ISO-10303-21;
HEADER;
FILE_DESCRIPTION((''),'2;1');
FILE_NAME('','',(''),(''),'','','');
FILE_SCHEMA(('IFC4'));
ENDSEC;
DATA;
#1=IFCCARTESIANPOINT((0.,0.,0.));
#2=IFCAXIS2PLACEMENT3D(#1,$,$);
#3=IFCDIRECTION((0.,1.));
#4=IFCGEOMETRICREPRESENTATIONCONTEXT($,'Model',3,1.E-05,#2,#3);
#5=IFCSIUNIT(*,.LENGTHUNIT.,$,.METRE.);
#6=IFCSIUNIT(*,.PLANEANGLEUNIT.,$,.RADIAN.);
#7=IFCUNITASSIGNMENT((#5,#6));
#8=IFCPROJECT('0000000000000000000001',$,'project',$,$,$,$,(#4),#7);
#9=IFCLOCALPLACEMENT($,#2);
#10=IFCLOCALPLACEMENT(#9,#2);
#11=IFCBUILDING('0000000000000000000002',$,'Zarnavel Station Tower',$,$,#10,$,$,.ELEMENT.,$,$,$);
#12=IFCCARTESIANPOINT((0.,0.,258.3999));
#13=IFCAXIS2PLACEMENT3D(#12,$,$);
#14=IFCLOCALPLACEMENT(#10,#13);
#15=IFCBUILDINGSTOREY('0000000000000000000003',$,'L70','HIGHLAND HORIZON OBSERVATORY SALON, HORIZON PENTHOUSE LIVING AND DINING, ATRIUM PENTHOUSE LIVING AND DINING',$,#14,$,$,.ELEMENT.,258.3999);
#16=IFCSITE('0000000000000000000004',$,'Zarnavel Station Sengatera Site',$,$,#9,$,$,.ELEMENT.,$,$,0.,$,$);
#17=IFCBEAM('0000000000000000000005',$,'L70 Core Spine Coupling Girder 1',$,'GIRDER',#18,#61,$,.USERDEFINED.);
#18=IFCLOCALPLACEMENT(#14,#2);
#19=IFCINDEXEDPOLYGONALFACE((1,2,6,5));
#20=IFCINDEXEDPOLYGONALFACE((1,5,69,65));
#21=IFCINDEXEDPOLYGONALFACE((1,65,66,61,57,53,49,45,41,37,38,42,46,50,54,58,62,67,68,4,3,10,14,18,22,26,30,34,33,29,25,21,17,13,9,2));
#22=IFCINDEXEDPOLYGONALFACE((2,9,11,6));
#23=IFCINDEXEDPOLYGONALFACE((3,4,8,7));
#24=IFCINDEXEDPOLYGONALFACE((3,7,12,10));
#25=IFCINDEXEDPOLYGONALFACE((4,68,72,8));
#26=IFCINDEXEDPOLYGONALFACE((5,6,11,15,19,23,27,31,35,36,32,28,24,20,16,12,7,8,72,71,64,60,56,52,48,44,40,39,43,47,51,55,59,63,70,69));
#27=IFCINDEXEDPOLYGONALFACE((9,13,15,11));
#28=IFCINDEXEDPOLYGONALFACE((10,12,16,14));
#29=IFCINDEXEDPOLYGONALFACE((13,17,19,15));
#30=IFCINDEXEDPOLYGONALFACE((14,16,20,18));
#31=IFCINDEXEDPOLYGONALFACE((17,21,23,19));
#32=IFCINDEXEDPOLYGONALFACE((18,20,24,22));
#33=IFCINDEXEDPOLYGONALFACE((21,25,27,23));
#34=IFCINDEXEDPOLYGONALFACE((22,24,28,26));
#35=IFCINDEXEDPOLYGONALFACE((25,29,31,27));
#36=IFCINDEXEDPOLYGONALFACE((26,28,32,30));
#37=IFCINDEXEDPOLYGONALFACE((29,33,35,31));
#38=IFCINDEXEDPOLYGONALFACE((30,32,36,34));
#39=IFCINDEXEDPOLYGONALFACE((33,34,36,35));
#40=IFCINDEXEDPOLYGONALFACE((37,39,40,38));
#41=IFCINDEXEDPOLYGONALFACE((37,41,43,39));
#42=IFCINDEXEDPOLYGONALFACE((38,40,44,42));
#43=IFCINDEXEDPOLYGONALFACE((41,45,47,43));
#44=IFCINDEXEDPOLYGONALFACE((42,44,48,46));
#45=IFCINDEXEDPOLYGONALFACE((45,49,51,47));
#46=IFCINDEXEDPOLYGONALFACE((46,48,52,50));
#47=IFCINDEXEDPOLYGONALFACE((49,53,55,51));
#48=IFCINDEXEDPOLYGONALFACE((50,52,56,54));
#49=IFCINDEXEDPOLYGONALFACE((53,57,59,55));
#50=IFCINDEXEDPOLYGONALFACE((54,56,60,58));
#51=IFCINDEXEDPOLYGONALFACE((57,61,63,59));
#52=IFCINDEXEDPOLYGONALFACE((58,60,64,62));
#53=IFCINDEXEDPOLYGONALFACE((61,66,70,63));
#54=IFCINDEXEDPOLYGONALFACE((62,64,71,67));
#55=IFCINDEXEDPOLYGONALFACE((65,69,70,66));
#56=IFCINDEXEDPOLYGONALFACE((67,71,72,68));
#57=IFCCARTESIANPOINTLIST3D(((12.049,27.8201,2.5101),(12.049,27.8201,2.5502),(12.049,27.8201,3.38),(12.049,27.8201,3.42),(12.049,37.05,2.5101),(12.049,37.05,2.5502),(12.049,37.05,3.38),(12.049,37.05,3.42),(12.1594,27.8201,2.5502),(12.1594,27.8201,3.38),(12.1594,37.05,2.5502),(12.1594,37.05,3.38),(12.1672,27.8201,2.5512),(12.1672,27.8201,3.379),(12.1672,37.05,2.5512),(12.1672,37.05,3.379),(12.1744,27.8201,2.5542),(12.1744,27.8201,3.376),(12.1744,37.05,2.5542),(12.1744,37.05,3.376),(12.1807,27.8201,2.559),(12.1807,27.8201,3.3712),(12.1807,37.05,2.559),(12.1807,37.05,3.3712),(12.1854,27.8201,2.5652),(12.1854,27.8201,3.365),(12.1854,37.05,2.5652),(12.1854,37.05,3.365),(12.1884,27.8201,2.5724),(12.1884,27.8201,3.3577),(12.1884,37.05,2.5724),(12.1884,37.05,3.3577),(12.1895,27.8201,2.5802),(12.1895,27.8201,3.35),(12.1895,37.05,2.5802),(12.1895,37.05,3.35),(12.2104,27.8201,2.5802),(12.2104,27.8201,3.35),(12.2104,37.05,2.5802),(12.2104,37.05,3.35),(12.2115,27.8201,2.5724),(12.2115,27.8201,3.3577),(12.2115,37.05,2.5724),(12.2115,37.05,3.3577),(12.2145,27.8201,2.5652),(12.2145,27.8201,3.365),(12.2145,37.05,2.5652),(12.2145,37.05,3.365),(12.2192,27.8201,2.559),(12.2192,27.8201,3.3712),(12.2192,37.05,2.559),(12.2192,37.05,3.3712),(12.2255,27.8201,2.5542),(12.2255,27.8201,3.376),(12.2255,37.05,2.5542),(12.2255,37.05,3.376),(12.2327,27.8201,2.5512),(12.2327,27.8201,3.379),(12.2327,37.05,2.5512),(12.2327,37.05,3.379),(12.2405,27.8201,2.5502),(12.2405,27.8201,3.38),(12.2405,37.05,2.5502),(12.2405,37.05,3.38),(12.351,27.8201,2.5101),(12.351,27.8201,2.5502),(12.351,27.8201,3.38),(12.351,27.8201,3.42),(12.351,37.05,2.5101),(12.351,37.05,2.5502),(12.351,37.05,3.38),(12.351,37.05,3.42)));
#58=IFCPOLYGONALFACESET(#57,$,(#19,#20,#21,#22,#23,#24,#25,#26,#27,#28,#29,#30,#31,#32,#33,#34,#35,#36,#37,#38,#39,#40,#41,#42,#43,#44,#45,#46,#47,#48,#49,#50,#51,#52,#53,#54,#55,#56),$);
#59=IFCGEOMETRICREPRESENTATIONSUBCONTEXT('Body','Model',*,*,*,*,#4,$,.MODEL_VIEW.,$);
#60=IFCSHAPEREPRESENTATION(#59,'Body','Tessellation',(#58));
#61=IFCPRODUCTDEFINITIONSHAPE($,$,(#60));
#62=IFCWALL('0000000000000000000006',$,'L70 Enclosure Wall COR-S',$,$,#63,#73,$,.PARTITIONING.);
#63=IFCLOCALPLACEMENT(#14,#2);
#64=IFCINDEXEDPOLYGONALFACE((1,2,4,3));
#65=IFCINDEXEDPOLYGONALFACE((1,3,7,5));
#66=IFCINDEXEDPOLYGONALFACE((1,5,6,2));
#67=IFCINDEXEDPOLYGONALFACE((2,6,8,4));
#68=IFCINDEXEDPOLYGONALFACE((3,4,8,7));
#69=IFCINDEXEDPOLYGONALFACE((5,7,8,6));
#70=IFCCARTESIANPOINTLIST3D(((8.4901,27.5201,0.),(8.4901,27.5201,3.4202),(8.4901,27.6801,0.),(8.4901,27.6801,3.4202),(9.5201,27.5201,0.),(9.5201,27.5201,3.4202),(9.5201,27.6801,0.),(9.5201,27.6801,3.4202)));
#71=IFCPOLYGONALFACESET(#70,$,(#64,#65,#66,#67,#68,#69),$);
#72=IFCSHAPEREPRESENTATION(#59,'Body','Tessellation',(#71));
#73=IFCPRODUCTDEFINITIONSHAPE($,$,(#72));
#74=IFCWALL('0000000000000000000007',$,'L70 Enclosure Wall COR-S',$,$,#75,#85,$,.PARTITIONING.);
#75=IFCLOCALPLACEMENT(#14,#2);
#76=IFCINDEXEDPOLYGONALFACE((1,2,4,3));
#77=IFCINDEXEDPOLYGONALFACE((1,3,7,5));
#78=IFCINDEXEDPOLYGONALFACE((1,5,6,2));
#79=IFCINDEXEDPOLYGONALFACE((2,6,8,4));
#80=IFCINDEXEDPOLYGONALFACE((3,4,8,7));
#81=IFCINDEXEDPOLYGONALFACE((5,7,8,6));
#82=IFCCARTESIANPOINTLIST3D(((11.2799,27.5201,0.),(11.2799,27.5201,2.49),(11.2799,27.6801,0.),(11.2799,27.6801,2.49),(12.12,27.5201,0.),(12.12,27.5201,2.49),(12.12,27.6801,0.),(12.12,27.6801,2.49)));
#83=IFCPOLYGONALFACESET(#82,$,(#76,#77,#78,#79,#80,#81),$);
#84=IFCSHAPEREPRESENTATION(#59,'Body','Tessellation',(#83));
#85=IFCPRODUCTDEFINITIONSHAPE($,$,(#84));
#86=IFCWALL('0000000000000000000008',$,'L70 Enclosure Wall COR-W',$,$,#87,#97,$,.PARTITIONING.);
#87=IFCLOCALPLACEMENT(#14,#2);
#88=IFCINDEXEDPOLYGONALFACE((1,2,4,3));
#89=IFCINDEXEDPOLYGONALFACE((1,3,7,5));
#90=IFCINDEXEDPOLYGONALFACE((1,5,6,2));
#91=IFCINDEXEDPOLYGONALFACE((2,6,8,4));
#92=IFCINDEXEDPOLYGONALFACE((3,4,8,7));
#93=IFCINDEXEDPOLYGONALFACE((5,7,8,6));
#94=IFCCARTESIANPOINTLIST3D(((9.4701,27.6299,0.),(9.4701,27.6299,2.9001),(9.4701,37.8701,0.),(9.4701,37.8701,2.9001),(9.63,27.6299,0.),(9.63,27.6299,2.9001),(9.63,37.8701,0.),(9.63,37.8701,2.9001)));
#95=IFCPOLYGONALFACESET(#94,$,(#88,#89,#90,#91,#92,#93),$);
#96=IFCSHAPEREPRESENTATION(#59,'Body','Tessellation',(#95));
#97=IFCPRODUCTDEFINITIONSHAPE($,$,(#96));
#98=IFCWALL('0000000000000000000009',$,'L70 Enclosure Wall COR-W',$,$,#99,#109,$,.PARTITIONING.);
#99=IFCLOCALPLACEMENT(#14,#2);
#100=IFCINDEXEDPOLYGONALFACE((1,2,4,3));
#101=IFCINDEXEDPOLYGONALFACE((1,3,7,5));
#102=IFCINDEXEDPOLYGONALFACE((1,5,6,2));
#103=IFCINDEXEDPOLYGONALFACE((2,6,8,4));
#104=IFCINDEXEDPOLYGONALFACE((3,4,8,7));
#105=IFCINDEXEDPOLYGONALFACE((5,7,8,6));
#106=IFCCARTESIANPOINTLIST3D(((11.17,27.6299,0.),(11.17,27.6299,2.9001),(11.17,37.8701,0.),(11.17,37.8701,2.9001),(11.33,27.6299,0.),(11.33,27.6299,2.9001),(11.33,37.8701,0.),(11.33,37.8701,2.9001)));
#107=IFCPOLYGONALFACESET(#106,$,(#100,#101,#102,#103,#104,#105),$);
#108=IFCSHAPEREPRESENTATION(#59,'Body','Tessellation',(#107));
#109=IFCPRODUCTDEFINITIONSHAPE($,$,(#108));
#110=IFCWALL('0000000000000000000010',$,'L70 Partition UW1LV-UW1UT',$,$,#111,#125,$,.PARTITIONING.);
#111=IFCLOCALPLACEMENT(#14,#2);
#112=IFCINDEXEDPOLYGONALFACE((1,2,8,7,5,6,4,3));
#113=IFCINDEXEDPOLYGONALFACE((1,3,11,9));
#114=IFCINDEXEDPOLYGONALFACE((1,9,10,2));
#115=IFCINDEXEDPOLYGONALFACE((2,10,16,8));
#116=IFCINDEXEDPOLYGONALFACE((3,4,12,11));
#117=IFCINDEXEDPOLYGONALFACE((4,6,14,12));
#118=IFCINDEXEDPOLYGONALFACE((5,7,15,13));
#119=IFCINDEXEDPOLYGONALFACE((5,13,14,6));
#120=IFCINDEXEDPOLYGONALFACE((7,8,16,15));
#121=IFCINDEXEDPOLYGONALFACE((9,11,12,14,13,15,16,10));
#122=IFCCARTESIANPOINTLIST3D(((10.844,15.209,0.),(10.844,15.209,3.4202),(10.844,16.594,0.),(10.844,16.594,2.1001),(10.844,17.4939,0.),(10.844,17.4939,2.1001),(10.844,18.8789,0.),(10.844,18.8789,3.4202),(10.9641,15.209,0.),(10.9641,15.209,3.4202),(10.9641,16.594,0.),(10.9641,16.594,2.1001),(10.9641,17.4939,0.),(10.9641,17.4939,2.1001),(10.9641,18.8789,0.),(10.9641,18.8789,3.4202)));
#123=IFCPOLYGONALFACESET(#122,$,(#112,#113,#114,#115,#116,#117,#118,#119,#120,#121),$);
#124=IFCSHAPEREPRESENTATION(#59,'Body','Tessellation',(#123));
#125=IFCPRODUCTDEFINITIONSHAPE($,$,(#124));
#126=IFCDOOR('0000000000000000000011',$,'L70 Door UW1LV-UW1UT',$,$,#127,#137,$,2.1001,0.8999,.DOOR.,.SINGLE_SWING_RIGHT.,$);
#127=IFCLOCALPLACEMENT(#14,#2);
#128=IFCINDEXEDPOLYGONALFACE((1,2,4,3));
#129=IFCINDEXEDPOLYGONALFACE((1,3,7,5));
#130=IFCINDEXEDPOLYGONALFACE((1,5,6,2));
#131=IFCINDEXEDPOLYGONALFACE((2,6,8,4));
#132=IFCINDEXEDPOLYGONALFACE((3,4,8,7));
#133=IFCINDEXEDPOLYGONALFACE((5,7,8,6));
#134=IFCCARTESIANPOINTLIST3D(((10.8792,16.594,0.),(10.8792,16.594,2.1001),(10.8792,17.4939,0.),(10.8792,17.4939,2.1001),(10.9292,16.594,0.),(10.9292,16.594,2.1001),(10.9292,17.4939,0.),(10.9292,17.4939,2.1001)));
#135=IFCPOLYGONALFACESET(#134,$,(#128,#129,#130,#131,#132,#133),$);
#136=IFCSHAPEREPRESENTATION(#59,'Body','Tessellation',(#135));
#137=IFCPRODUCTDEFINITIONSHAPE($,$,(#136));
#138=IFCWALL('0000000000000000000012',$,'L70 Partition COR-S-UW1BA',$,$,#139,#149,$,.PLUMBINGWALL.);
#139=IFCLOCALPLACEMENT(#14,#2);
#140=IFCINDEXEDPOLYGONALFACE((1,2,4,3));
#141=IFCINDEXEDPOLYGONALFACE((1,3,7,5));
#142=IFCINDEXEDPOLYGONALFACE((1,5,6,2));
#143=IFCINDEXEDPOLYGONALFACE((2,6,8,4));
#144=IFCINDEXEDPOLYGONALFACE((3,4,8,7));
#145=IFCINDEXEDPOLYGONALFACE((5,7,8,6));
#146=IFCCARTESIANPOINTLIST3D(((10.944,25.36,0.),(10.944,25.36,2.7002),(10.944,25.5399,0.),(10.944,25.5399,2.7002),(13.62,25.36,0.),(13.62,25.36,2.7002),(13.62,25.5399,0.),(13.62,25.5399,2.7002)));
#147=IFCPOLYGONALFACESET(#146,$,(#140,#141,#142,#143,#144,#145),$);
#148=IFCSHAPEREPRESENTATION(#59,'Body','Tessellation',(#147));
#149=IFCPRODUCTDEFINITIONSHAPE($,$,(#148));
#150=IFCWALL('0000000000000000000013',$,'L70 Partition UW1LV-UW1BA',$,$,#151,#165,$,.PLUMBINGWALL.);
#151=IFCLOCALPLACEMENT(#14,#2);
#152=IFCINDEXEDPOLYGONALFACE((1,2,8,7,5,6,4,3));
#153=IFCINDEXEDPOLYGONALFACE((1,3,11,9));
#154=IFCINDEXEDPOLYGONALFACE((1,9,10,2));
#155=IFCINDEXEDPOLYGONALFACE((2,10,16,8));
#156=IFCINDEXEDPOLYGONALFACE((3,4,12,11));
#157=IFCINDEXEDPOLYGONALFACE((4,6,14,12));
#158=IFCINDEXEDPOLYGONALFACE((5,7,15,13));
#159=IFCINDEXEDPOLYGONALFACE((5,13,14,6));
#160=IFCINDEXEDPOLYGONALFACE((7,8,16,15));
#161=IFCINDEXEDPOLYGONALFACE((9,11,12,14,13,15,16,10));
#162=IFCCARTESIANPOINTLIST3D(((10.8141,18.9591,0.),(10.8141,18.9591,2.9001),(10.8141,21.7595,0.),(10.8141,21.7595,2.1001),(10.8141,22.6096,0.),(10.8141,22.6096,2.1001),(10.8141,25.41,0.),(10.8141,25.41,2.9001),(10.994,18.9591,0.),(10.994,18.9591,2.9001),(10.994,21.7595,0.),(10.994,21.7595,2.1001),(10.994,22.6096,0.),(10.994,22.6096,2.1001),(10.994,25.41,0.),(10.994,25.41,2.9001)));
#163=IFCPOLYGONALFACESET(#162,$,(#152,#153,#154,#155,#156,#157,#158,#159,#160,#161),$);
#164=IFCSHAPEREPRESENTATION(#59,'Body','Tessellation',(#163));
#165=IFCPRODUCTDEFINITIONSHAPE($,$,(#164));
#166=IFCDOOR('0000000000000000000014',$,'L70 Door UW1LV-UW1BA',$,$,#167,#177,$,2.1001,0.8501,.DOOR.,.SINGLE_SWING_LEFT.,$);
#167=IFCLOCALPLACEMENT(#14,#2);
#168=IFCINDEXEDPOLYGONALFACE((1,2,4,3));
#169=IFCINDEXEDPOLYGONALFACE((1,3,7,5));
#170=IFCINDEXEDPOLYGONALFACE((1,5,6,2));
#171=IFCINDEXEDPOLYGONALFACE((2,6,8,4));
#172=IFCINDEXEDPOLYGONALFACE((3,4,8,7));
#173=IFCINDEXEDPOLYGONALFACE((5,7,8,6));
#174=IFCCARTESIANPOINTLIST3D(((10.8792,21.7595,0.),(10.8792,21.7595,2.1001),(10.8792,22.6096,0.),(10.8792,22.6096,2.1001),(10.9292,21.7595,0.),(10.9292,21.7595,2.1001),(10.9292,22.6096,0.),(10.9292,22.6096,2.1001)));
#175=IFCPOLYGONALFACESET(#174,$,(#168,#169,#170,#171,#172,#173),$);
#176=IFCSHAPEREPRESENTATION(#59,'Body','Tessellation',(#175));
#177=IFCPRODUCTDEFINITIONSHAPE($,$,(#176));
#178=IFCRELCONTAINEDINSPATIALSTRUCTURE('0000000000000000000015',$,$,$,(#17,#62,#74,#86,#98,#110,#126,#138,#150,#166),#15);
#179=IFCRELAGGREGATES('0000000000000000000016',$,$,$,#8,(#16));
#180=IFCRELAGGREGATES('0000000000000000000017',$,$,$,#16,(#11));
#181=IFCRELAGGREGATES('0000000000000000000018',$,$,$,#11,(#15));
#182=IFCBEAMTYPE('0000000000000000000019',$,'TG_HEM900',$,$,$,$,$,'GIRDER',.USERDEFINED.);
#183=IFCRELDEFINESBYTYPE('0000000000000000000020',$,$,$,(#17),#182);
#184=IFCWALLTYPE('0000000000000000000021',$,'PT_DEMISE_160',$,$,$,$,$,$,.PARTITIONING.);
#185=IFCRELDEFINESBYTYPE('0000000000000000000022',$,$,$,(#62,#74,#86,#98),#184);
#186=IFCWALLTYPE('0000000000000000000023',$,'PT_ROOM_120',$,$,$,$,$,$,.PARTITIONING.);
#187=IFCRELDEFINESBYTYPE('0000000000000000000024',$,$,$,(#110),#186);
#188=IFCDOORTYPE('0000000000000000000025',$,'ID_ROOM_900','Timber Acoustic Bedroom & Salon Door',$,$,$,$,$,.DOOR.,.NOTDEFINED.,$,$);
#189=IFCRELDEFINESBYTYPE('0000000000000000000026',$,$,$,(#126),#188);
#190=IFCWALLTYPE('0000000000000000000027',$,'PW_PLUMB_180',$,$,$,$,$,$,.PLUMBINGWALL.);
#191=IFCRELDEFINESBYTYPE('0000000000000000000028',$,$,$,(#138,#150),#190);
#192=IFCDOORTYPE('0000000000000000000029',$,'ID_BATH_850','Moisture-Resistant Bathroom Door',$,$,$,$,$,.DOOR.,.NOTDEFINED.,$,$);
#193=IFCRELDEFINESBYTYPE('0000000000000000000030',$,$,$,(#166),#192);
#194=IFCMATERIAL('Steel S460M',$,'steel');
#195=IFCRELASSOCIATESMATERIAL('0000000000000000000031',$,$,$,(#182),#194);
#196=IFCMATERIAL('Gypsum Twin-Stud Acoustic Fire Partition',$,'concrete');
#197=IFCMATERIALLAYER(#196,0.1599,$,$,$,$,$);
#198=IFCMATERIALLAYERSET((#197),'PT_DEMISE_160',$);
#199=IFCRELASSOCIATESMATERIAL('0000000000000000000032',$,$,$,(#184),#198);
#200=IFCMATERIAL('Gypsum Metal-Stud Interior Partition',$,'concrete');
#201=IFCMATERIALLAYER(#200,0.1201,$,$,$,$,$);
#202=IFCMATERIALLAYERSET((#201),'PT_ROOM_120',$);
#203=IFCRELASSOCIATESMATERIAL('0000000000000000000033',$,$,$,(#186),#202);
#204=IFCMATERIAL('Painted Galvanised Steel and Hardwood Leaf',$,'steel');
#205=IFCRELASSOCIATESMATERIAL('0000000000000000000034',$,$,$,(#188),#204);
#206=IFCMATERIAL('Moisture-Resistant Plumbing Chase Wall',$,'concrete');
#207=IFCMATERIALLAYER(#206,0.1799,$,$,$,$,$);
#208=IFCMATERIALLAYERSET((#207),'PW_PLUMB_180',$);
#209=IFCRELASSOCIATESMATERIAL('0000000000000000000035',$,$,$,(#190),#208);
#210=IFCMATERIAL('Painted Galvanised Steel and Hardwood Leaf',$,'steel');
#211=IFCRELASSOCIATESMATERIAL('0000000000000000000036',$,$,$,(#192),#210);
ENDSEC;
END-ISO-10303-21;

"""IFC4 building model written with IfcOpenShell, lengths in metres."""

from ifc_helpers import new_model, si_unit, direction, frame, frame_2d, origin, origin_2d, place, context, subcontext, project, spatial, rectangle, i_section, extrude, material, layer, layer_set, material_profile, profile_set, type_object, element, fill, save


model = new_model("IFC4")

# Units and contexts
model_context = context("Model", 3, precision=1e-05, world=origin(), true_north=direction((0.0, 1.0)))
body_context = subcontext(model_context, "Body", "Model", "MODEL_VIEW")
ifc_project = project(units=[si_unit("LENGTHUNIT", "METRE"), si_unit("PLANEANGLEUNIT", "RADIAN")], contexts=[model_context])

# Site, building, storey
site_placement = place(None, origin())
site = spatial("IfcSite", under=ifc_project, at=site_placement, Name="Zarnavel Station Sengatera Site", CompositionType="ELEMENT", RefElevation=0.0)
building_placement = place(site_placement, origin())
building = spatial("IfcBuilding", under=site, at=building_placement, Name="Zarnavel Station Tower", CompositionType="ELEMENT")
storey_placement = place(building_placement, frame((0.0, 0.0, 258.3999)))
storey = spatial("IfcBuildingStorey", under=building, at=storey_placement, Name="L70", Description="HIGHLAND HORIZON OBSERVATORY SALON, HORIZON PENTHOUSE LIVING AND DINING, ATRIUM PENTHOUSE LIVING AND DINING", CompositionType="ELEMENT", Elevation=258.3999)

# Beam
ifc_material_1 = material(Name="Steel S460M", Category="steel")
ifc_material_profile_1 = material_profile(ifc_material_1, i_section(OverallWidth=0.302, OverallDepth=0.9099, WebThickness=0.021, FlangeThickness=0.04, FilletRadius=0.03, at=origin_2d()), Name="HEM900")
ifc_profile_set_1 = profile_set([ifc_material_profile_1], Name="Steel S460M")
beam_type_1 = type_object("IfcBeamType", Name="TG_HEM900", ElementType="GIRDER", PredefinedType="USERDEFINED", material=ifc_profile_set_1)
beam_1_placement = place(storey_placement, frame((12.2, 27.8201, 2.9651), z_axis=(0.0, 1.0, 0.0), x_axis=(-1.0, 0.0, 0.0)))
element("IfcBeam", 1, at=beam_1_placement, inside=storey, type_object=beam_type_1, Name="L70 Core Spine Coupling Girder 1", ObjectType="GIRDER", PredefinedType="USERDEFINED", context=body_context, shape_type="SweptSolid", body=[
    extrude(i_section(OverallWidth=0.302, OverallDepth=0.9099, WebThickness=0.021, FlangeThickness=0.04, FilletRadius=0.03, at=origin_2d()), origin(), (0.0, 0.0, 1.0), 9.23),
])

# Shared definitions
ifc_material_2 = material(Name="Gypsum Twin-Stud Acoustic Fire Partition", Category="concrete")
ifc_layer_1 = layer(ifc_material_2, 0.1599)
ifc_layer_set_1 = layer_set([ifc_layer_1], Name="PT_DEMISE_160")
wall_type_1 = type_object("IfcWallType", Name="PT_DEMISE_160", PredefinedType="PARTITIONING", material=ifc_layer_set_1)

# Walls
wall_1_placement = place(storey_placement, frame((8.49, 27.6001, 0.0), z_axis=(0.0, 0.0, 1.0), x_axis=(1.0, 0.0, 0.0)))
element("IfcWall", 2, at=wall_1_placement, inside=storey, type_object=wall_type_1, Name="L70 Enclosure Wall COR-S", PredefinedType="PARTITIONING", context=body_context, shape_type="SweptSolid", body=[
    extrude(rectangle(XDim=1.03, YDim=0.1599, at=frame_2d((0.5151, 0.0))), origin(), (0.0, 0.0, 1.0), 3.4202),
])
wall_2_placement = place(storey_placement, frame((11.28, 27.6001, 0.0), z_axis=(0.0, 0.0, 1.0), x_axis=(1.0, 0.0, 0.0)))
element("IfcWall", 3, at=wall_2_placement, inside=storey, type_object=wall_type_1, Name="L70 Enclosure Wall COR-S", PredefinedType="PARTITIONING", context=body_context, shape_type="SweptSolid", body=[
    extrude(rectangle(XDim=0.8401, YDim=0.1599, at=frame_2d((0.4199, 0.0))), origin(), (0.0, 0.0, 1.0), 2.49),
])
for number, where, z_axis, x_axis, name in (
    (4, (9.55, 27.6299, 0.0), (0.0, 0.0, 1.0), (0.0, 1.0, 0.0), "L70 Enclosure Wall COR-W"),
    (5, (11.25, 27.6299, 0.0), (0.0, 0.0, 1.0), (0.0, 1.0, 0.0), "L70 Enclosure Wall COR-W"),
):
    element("IfcWall", number, at=place(storey_placement, frame(where, z_axis=z_axis, x_axis=x_axis)), inside=storey, type_object=wall_type_1, Name=name, PredefinedType="PARTITIONING", context=body_context, shape_type="SweptSolid", body=[
        extrude(rectangle(XDim=10.2402, YDim=0.1599, at=frame_2d((5.1201, 0.0))), origin(), (0.0, 0.0, 1.0), 2.9001),
    ])

# Wall, opening, door
ifc_material_3 = material(Name="Gypsum Metal-Stud Interior Partition", Category="concrete")
ifc_layer_2 = layer(ifc_material_3, 0.1201)
ifc_layer_set_2 = layer_set([ifc_layer_2], Name="PT_ROOM_120")
wall_type_2 = type_object("IfcWallType", Name="PT_ROOM_120", PredefinedType="PARTITIONING", material=ifc_layer_set_2)
wall_3_placement = place(storey_placement, frame((10.9041, 15.209, 0.0), z_axis=(0.0, 0.0, 1.0), x_axis=(0.0, 1.0, 0.0)))
wall_3 = element("IfcWall", 6, at=wall_3_placement, inside=storey, type_object=wall_type_2, Name="L70 Partition UW1LV-UW1UT", PredefinedType="PARTITIONING", context=body_context, shape_type="SweptSolid", body=[
    extrude(rectangle(XDim=3.6699, YDim=0.1201, at=frame_2d((1.835, 0.0))), origin(), (0.0, 0.0, 1.0), 3.4202),
])
opening_1_placement = place(wall_3_placement, frame((1.385, 0.0, 0.0)))
opening_1 = element("IfcOpeningElement", 7, at=opening_1_placement, cuts=wall_3, PredefinedType="OPENING", context=body_context, shape_type="SweptSolid", body=[
    extrude(rectangle(XDim=0.8999, YDim=2.1001, at=frame_2d((0.45, 1.05))), frame((0.0, 0.0701, 0.0), z_axis=(0.0, -1.0, 0.0), x_axis=(1.0, 0.0, 0.0)), (0.0, 0.0, 1.0), 0.1401),
])
ifc_material_4 = material(Name="Painted Galvanised Steel and Hardwood Leaf", Category="steel")
door_type_1 = type_object("IfcDoorType", Name="ID_ROOM_900", Description="Timber Acoustic Bedroom & Salon Door", OperationType="NOTDEFINED", PredefinedType="DOOR", material=ifc_material_4)
door_1_placement = place(opening_1_placement, origin())
door_1 = element("IfcDoor", 8, at=door_1_placement, inside=storey, type_object=door_type_1, Name="L70 Door UW1LV-UW1UT", OperationType="SINGLE_SWING_RIGHT", OverallHeight=2.1001, OverallWidth=0.8999, PredefinedType="DOOR", context=body_context, shape_type="SweptSolid", body=[
    extrude(rectangle(XDim=0.8999, YDim=2.1001, at=frame_2d((0.45, 1.05))), frame((0.0, 0.0249, 0.0), z_axis=(0.0, -1.0, 0.0), x_axis=(1.0, 0.0, 0.0)), (0.0, 0.0, 1.0), 0.05),
])
fill(opening_1, door_1)

# Wall
ifc_material_5 = material(Name="Moisture-Resistant Plumbing Chase Wall", Category="concrete")
ifc_layer_3 = layer(ifc_material_5, 0.1799)
ifc_layer_set_3 = layer_set([ifc_layer_3], Name="PW_PLUMB_180")
wall_type_3 = type_object("IfcWallType", Name="PW_PLUMB_180", PredefinedType="PLUMBINGWALL", material=ifc_layer_set_3)
wall_4_placement = place(storey_placement, frame((10.9441, 25.45, 0.0), z_axis=(0.0, 0.0, 1.0), x_axis=(1.0, 0.0, 0.0)))
element("IfcWall", 9, at=wall_4_placement, inside=storey, type_object=wall_type_3, Name="L70 Partition COR-S-UW1BA", PredefinedType="PLUMBINGWALL", context=body_context, shape_type="SweptSolid", body=[
    extrude(rectangle(XDim=2.676, YDim=0.1799, at=frame_2d((1.3379, 0.0))), origin(), (0.0, 0.0, 1.0), 2.7002),
])

# Wall, opening, door
wall_5_placement = place(storey_placement, frame((10.9041, 18.959, 0.0), z_axis=(0.0, 0.0, 1.0), x_axis=(0.0, 1.0, 0.0)))
wall_5 = element("IfcWall", 10, at=wall_5_placement, inside=storey, type_object=wall_type_3, Name="L70 Partition UW1LV-UW1BA", PredefinedType="PLUMBINGWALL", context=body_context, shape_type="SweptSolid", body=[
    extrude(rectangle(XDim=6.4509, YDim=0.1799, at=frame_2d((3.2256, 0.0))), origin(), (0.0, 0.0, 1.0), 2.9001),
])
opening_2_placement = place(wall_5_placement, frame((2.8005, 0.0, 0.0)))
opening_2 = element("IfcOpeningElement", 11, at=opening_2_placement, cuts=wall_5, PredefinedType="OPENING", context=body_context, shape_type="SweptSolid", body=[
    extrude(rectangle(XDim=0.8501, YDim=2.1001, at=frame_2d((0.425, 1.05))), frame((0.0, 0.0999, 0.0), z_axis=(0.0, -1.0, 0.0), x_axis=(1.0, 0.0, 0.0)), (0.0, 0.0, 1.0), 0.2),
])
ifc_material_6 = material(Name="Painted Galvanised Steel and Hardwood Leaf", Category="steel")
door_type_2 = type_object("IfcDoorType", Name="ID_BATH_850", Description="Moisture-Resistant Bathroom Door", OperationType="NOTDEFINED", PredefinedType="DOOR", material=ifc_material_6)
door_2_placement = place(opening_2_placement, origin())
door_2 = element("IfcDoor", 12, at=door_2_placement, inside=storey, type_object=door_type_2, Name="L70 Door UW1LV-UW1BA", OperationType="SINGLE_SWING_LEFT", OverallHeight=2.1001, OverallWidth=0.8501, PredefinedType="DOOR", context=body_context, shape_type="SweptSolid", body=[
    extrude(rectangle(XDim=0.8501, YDim=2.1001, at=frame_2d((0.425, 1.05))), frame((0.0, 0.0249, 0.0), z_axis=(0.0, -1.0, 0.0), x_axis=(1.0, 0.0, 0.0)), (0.0, 0.0, 1.0), 0.05),
])
fill(opening_2, door_2)

save(model, "model.ifc")
